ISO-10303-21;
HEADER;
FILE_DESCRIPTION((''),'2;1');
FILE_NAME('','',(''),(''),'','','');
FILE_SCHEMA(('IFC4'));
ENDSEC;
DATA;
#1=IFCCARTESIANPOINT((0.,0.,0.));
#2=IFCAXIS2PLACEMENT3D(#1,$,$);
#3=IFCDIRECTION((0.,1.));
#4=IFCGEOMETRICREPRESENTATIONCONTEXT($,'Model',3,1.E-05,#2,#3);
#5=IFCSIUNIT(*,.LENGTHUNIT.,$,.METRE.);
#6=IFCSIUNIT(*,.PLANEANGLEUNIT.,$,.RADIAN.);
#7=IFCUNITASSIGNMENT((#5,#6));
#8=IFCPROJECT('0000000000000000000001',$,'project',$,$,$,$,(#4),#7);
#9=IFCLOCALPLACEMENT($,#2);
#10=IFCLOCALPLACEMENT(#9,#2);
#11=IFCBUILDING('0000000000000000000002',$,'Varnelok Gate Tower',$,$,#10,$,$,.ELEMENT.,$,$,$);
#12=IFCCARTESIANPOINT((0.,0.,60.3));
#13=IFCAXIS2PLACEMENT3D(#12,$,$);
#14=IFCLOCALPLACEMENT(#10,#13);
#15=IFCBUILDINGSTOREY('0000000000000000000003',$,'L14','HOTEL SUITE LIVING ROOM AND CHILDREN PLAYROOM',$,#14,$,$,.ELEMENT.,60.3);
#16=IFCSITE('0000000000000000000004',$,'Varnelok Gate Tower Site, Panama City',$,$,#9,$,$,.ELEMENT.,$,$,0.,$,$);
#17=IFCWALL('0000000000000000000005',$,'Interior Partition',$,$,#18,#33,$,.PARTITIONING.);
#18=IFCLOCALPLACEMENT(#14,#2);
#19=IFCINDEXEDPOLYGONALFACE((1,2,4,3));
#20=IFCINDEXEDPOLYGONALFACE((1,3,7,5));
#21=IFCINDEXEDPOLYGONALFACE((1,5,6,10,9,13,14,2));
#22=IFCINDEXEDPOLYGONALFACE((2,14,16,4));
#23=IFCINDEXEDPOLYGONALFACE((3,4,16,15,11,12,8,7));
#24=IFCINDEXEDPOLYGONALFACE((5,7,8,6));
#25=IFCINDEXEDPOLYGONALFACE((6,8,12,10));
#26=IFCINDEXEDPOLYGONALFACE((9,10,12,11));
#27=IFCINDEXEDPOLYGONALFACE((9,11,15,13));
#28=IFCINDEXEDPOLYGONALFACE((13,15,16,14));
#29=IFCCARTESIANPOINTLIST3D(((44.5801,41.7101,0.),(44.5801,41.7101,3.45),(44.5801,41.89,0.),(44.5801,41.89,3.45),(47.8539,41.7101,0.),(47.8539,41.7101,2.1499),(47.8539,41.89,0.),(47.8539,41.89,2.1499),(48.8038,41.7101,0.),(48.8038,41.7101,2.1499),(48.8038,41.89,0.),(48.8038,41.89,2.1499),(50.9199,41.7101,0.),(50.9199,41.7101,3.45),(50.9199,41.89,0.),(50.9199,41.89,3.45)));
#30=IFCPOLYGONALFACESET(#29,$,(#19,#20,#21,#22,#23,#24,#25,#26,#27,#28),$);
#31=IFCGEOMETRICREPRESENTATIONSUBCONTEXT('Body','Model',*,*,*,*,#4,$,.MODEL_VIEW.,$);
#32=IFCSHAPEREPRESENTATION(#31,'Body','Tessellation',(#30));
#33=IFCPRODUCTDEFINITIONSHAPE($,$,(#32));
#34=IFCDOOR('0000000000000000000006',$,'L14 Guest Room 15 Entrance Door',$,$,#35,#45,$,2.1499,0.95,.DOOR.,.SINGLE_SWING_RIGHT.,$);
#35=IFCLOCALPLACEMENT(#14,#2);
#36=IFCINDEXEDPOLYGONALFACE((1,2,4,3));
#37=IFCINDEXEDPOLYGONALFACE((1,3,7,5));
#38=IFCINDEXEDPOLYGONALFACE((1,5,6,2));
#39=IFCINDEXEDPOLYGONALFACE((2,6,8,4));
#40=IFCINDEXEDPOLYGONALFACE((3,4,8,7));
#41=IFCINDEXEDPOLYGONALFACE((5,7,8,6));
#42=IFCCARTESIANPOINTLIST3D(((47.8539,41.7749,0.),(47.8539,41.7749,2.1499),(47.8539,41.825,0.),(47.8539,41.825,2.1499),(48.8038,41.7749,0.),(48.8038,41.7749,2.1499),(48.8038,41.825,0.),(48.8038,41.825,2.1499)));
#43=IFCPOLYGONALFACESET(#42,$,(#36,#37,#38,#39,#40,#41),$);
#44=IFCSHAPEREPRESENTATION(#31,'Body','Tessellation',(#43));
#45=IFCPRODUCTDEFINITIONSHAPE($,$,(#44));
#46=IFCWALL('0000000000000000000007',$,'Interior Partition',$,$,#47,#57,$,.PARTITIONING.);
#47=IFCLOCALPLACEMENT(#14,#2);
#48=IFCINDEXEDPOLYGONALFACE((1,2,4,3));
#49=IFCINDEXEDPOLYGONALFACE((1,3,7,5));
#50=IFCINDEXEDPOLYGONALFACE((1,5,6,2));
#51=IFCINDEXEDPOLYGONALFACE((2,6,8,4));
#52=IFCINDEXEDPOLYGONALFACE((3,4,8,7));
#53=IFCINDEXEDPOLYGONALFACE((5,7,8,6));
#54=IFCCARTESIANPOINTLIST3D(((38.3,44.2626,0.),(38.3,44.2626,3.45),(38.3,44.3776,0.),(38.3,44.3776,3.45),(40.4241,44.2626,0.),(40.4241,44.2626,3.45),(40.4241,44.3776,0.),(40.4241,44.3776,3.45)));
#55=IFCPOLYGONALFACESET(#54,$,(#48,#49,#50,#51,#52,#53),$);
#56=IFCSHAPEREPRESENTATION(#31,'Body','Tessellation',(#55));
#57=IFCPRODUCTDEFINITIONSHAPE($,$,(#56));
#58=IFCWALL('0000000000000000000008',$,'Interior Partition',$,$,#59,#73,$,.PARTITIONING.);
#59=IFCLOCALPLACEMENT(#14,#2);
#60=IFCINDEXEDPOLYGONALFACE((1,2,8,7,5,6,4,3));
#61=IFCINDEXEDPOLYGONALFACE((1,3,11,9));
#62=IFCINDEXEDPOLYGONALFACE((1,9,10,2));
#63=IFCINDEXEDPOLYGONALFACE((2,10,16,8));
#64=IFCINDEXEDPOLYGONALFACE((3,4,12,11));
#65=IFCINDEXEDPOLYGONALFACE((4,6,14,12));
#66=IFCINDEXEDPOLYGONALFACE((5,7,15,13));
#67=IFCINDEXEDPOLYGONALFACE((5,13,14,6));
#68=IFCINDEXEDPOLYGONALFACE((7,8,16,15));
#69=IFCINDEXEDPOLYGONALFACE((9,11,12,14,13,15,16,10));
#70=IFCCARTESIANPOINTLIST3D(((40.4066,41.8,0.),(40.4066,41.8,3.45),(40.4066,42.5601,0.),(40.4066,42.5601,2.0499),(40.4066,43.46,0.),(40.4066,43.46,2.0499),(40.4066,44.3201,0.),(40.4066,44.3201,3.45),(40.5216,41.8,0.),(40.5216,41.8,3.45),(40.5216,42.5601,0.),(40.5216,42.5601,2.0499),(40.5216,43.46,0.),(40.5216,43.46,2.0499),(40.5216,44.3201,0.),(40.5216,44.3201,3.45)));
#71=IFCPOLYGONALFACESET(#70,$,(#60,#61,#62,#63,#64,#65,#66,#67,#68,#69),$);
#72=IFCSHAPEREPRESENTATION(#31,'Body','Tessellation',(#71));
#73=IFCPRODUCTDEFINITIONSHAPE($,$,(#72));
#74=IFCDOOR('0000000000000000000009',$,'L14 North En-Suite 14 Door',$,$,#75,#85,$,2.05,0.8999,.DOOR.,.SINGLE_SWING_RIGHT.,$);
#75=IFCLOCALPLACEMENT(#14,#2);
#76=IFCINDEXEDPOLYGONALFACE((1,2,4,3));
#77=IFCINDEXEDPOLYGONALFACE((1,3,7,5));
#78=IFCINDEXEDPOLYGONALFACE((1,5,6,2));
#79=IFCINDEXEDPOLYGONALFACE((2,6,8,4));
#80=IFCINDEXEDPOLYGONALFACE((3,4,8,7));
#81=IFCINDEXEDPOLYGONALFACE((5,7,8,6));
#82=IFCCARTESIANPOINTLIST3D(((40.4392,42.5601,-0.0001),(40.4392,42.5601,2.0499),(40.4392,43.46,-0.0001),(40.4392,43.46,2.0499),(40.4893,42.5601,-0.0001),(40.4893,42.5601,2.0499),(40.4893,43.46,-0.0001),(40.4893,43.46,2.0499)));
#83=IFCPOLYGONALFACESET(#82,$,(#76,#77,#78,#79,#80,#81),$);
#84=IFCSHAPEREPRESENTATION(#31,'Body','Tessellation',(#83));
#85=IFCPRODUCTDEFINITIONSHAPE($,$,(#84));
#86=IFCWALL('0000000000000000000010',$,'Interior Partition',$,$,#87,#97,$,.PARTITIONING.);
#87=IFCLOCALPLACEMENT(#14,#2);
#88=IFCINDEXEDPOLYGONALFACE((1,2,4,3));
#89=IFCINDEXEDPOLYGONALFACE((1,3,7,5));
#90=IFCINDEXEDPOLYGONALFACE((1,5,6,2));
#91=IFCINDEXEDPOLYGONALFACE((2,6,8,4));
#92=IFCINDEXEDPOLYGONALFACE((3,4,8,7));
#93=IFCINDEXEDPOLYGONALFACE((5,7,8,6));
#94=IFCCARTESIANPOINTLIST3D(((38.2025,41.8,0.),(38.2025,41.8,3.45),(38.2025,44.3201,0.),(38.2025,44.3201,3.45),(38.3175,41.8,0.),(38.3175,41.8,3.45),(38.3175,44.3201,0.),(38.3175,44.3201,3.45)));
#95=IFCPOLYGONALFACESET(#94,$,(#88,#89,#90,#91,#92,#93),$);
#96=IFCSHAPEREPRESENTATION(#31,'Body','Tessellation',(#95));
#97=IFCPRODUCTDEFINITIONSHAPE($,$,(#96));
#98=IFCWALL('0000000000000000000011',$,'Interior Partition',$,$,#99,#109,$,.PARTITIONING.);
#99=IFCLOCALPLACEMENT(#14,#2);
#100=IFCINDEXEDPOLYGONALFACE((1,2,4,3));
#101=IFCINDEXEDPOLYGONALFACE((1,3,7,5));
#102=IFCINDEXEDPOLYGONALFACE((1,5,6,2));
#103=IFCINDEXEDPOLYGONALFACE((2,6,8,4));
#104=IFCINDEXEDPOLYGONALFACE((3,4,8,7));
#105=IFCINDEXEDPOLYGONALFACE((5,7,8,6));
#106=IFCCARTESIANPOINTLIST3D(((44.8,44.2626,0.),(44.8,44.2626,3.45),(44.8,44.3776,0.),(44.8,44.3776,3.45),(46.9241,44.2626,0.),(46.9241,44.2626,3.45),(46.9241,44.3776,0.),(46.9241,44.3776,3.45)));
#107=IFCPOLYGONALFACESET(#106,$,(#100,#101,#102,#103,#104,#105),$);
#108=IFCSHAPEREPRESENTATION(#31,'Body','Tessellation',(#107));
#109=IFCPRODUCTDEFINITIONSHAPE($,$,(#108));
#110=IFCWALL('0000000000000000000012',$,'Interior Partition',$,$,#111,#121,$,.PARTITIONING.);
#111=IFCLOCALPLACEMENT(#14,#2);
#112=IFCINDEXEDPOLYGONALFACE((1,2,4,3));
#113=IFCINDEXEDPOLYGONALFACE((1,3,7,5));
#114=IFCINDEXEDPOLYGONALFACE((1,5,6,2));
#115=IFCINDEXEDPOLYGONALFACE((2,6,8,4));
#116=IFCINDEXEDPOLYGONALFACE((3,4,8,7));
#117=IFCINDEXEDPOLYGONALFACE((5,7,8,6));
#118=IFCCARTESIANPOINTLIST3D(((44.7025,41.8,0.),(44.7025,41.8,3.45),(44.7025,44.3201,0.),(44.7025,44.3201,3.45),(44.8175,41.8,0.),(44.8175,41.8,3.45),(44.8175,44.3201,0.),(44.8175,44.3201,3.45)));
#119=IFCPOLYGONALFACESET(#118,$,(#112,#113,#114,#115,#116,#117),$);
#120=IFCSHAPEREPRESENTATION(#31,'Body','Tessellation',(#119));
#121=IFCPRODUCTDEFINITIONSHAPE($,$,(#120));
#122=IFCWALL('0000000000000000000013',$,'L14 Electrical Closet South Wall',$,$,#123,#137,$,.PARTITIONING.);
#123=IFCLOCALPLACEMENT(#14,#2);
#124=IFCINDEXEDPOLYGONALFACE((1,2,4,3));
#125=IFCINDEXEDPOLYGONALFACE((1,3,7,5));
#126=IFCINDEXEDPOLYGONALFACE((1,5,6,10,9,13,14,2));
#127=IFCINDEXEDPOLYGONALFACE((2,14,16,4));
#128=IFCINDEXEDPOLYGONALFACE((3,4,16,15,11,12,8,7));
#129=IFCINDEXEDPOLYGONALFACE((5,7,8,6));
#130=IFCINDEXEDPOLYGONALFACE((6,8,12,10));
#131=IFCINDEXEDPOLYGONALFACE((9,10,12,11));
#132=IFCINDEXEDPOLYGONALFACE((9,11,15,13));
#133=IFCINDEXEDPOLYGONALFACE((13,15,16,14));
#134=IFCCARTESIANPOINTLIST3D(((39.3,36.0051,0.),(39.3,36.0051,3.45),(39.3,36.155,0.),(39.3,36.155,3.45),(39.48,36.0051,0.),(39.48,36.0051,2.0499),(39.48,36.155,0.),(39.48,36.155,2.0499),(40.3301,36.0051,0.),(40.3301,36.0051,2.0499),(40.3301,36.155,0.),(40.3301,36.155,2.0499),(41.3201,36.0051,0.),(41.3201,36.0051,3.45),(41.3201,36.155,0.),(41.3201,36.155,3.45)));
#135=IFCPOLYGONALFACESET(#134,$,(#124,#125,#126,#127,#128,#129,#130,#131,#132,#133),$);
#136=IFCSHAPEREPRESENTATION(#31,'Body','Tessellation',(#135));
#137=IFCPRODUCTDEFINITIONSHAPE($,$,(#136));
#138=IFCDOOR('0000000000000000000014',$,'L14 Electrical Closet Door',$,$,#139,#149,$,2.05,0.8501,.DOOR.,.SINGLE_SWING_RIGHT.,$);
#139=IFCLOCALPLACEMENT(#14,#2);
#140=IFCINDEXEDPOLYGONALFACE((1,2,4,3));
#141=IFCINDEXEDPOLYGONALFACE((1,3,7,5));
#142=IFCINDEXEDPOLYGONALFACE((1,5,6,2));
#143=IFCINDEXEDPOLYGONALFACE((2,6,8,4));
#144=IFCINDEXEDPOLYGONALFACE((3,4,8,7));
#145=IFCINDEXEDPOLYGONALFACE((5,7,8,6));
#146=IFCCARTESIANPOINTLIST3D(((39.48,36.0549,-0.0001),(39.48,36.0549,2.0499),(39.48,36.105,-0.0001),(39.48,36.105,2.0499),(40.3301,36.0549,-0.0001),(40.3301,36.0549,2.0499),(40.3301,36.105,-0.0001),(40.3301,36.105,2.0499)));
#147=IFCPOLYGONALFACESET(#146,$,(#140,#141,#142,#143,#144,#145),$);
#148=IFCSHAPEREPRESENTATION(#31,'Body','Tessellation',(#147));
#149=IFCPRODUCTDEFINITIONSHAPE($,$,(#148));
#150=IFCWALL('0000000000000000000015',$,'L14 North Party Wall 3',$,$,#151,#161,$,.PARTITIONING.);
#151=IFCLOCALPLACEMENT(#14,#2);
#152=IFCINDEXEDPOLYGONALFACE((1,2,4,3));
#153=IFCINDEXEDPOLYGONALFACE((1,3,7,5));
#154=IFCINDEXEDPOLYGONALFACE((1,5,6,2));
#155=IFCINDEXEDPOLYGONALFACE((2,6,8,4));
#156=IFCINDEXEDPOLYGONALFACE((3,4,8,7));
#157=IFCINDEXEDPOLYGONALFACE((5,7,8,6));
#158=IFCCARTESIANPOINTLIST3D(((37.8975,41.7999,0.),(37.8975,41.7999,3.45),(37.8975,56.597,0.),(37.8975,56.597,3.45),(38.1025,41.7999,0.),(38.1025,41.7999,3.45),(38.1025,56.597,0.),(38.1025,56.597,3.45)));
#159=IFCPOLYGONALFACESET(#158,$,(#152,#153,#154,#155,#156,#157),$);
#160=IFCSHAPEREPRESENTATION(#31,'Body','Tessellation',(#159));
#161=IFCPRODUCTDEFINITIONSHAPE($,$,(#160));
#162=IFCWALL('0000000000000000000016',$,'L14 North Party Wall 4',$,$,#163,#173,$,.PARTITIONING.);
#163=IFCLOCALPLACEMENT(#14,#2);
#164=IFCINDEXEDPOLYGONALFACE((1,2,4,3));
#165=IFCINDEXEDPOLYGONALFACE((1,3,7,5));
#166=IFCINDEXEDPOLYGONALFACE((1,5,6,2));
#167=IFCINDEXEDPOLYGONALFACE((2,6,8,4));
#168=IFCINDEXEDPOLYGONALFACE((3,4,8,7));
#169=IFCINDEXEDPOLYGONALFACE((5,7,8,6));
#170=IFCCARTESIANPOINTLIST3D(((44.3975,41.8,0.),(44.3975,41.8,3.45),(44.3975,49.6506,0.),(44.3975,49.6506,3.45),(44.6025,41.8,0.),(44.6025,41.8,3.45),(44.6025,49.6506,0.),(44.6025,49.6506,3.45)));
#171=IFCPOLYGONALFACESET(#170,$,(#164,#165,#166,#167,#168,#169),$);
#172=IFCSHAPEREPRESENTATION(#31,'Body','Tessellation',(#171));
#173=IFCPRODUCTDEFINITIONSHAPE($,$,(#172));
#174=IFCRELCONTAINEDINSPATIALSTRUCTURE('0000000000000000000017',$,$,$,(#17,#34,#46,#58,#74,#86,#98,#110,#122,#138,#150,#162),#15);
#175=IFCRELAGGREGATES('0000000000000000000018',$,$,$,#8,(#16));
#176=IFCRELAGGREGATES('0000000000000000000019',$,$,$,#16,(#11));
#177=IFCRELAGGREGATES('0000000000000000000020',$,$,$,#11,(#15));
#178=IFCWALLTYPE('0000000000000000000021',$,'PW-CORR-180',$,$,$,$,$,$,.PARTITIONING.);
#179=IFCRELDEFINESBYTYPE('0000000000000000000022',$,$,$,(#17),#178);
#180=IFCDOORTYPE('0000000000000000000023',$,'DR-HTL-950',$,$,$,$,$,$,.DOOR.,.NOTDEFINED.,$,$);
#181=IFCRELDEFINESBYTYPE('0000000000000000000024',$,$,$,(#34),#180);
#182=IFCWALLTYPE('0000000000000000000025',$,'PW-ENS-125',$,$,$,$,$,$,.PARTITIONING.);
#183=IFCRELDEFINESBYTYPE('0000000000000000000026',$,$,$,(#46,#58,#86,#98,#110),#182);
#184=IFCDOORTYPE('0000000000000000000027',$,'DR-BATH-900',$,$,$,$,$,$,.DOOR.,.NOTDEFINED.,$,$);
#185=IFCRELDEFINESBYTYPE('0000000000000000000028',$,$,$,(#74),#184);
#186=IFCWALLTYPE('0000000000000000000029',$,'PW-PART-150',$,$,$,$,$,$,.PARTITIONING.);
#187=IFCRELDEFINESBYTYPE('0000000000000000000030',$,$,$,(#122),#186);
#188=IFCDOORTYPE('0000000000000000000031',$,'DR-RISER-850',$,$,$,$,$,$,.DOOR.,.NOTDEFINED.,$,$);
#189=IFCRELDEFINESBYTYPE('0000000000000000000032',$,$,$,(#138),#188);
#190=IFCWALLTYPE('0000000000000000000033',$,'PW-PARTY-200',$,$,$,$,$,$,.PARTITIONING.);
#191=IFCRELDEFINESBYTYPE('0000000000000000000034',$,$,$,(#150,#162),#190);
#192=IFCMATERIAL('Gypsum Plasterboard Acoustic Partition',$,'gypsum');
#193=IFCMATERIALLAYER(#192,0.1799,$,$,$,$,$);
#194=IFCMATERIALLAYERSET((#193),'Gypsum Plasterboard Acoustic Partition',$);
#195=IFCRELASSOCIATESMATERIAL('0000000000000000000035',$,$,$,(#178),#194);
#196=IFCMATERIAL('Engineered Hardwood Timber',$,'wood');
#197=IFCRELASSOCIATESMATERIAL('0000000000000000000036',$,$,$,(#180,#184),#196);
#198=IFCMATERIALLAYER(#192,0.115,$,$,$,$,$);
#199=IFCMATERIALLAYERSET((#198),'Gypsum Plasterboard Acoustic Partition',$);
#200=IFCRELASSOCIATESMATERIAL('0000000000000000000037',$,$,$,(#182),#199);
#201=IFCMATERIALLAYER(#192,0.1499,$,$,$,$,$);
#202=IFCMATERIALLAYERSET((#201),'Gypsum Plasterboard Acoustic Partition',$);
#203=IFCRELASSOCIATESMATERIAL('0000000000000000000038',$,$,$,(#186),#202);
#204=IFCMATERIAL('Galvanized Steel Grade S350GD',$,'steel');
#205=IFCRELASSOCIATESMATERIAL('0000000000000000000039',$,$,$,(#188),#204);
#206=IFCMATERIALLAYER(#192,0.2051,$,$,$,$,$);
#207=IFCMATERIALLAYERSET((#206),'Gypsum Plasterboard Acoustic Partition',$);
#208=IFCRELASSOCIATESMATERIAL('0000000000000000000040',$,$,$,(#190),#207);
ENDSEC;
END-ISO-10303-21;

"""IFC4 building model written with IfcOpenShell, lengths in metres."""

from ifc_helpers import new_model, si_unit, direction, frame, frame_2d, origin, place, context, subcontext, project, spatial, rectangle, extrude, material, layer, layer_set, type_object, element, fill, save


model = new_model("IFC4")

# Units and contexts
model_context = context("Model", 3, precision=1e-05, world=origin(), true_north=direction((0.0, 1.0)))
body_context = subcontext(model_context, "Body", "Model", "MODEL_VIEW")
ifc_project = project(units=[si_unit("LENGTHUNIT", "METRE"), si_unit("PLANEANGLEUNIT", "RADIAN")], contexts=[model_context])

# Site, building, storey
site_placement = place(None, origin())
site = spatial("IfcSite", under=ifc_project, at=site_placement, Name="Varnelok Gate Tower Site, Panama City", CompositionType="ELEMENT", RefElevation=0.0)
building_placement = place(site_placement, origin())
building = spatial("IfcBuilding", under=site, at=building_placement, Name="Varnelok Gate Tower", CompositionType="ELEMENT")
storey_placement = place(building_placement, frame((0.0, 0.0, 60.3)))
storey = spatial("IfcBuildingStorey", under=building, at=storey_placement, Name="L14", Description="HOTEL SUITE LIVING ROOM AND CHILDREN PLAYROOM", CompositionType="ELEMENT", Elevation=60.3)

# Wall, opening, door
ifc_material_1 = material(Name="Gypsum Plasterboard Acoustic Partition", Category="gypsum")
ifc_layer_1 = layer(ifc_material_1, 0.1799)
ifc_layer_set_1 = layer_set([ifc_layer_1], Name="Gypsum Plasterboard Acoustic Partition")
wall_type_1 = type_object("IfcWallType", Name="PW-CORR-180", PredefinedType="PARTITIONING", material=ifc_layer_set_1)
ifc_material_2 = material(Name="Engineered Hardwood Timber", Category="wood")
door_type_1 = type_object("IfcDoorType", Name="DR-HTL-950", OperationType="NOTDEFINED", PredefinedType="DOOR", material=ifc_material_2)
wall_1_placement = place(storey_placement, frame((44.5801, 41.8, 0.0), z_axis=(0.0, 0.0, 1.0), x_axis=(1.0, 0.0, 0.0)))
wall_1 = element("IfcWall", 1, at=wall_1_placement, inside=storey, type_object=wall_type_1, Name="Interior Partition", PredefinedType="PARTITIONING", context=body_context, shape_type="SweptSolid", body=[
    extrude(rectangle(XDim=6.3398, YDim=0.1799, at=frame_2d((3.1699, 0.0))), origin(), (0.0, 0.0, 1.0), 3.45),
])
opening_1_placement = place(wall_1_placement, frame((3.2737, 0.0, 0.0)))
opening_1 = element("IfcOpeningElement", 2, at=opening_1_placement, cuts=wall_1, PredefinedType="OPENING", context=body_context, shape_type="SweptSolid", body=[
    extrude(rectangle(XDim=0.95, YDim=2.1499, at=frame_2d((0.4751, 1.075))), frame((0.0, 0.0999, 0.0), z_axis=(0.0, -1.0, 0.0), x_axis=(1.0, 0.0, 0.0)), (0.0, 0.0, 1.0), 0.2),
])
door_1_placement = place(opening_1_placement, origin())
door_1 = element("IfcDoor", 3, at=door_1_placement, inside=storey, type_object=door_type_1, Name="L14 Guest Room 15 Entrance Door", OperationType="SINGLE_SWING_RIGHT", OverallHeight=2.1499, OverallWidth=0.95, PredefinedType="DOOR", context=body_context, shape_type="SweptSolid", body=[
    extrude(rectangle(XDim=0.95, YDim=2.1499, at=frame_2d((0.4751, 1.075))), frame((0.0, 0.0249, 0.0), z_axis=(0.0, -1.0, 0.0), x_axis=(1.0, 0.0, 0.0)), (0.0, 0.0, 1.0), 0.05),
])
fill(opening_1, door_1)

# Wall
ifc_layer_2 = layer(ifc_material_1, 0.115)
ifc_layer_set_2 = layer_set([ifc_layer_2], Name="Gypsum Plasterboard Acoustic Partition")
wall_type_2 = type_object("IfcWallType", Name="PW-ENS-125", PredefinedType="PARTITIONING", material=ifc_layer_set_2)
wall_2_placement = place(storey_placement, frame((38.3, 44.3201, 0.0), z_axis=(0.0, 0.0, 1.0), x_axis=(1.0, 0.0, 0.0)))
element("IfcWall", 4, at=wall_2_placement, inside=storey, type_object=wall_type_2, Name="Interior Partition", PredefinedType="PARTITIONING", context=body_context, shape_type="SweptSolid", body=[
    extrude(rectangle(XDim=2.124, YDim=0.115, at=frame_2d((1.062, 0.0))), origin(), (0.0, 0.0, 1.0), 3.45),
])

# Wall, opening, door
wall_3_placement = place(storey_placement, frame((40.4641, 41.8, 0.0), z_axis=(0.0, 0.0, 1.0), x_axis=(0.0, 1.0, 0.0)))
wall_3 = element("IfcWall", 5, at=wall_3_placement, inside=storey, type_object=wall_type_2, Name="Interior Partition", PredefinedType="PARTITIONING", context=body_context, shape_type="SweptSolid", body=[
    extrude(rectangle(XDim=2.52, YDim=0.115, at=frame_2d((1.26, 0.0))), origin(), (0.0, 0.0, 1.0), 3.45),
])
opening_2_placement = place(wall_3_placement, frame((0.76, 0.0, 0.0)))
opening_2 = element("IfcOpeningElement", 6, at=opening_2_placement, cuts=wall_3, PredefinedType="OPENING", context=body_context, shape_type="SweptSolid", body=[
    extrude(rectangle(XDim=0.8999, YDim=2.05, at=frame_2d((0.45, 1.0249))), frame((0.0, 0.0674, 0.0), z_axis=(0.0, -1.0, 0.0), x_axis=(1.0, 0.0, 0.0)), (0.0, 0.0, 1.0), 0.135),
])
door_type_2 = type_object("IfcDoorType", Name="DR-BATH-900", OperationType="NOTDEFINED", PredefinedType="DOOR", material=ifc_material_2)
door_2_placement = place(opening_2_placement, origin())
door_2 = element("IfcDoor", 7, at=door_2_placement, inside=storey, type_object=door_type_2, Name="L14 North En-Suite 14 Door", OperationType="SINGLE_SWING_RIGHT", OverallHeight=2.05, OverallWidth=0.8999, PredefinedType="DOOR", context=body_context, shape_type="SweptSolid", body=[
    extrude(rectangle(XDim=0.8999, YDim=2.05, at=frame_2d((0.45, 1.0249))), frame((0.0, 0.0249, 0.0), z_axis=(0.0, -1.0, 0.0), x_axis=(1.0, 0.0, 0.0)), (0.0, 0.0, 1.0), 0.05),
])
fill(opening_2, door_2)

# Walls
wall_4_placement = place(storey_placement, frame((38.26, 41.8, 0.0), z_axis=(0.0, 0.0, 1.0), x_axis=(0.0, 1.0, 0.0)))
element("IfcWall", 8, at=wall_4_placement, inside=storey, type_object=wall_type_2, Name="Interior Partition", PredefinedType="PARTITIONING", context=body_context, shape_type="SweptSolid", body=[
    extrude(rectangle(XDim=2.52, YDim=0.115, at=frame_2d((1.26, 0.0))), origin(), (0.0, 0.0, 1.0), 3.45),
])
wall_5_placement = place(storey_placement, frame((44.8, 44.3201, 0.0), z_axis=(0.0, 0.0, 1.0), x_axis=(1.0, 0.0, 0.0)))
element("IfcWall", 9, at=wall_5_placement, inside=storey, type_object=wall_type_2, Name="Interior Partition", PredefinedType="PARTITIONING", context=body_context, shape_type="SweptSolid", body=[
    extrude(rectangle(XDim=2.124, YDim=0.115, at=frame_2d((1.062, 0.0))), origin(), (0.0, 0.0, 1.0), 3.45),
])
wall_6_placement = place(storey_placement, frame((44.76, 41.8, 0.0), z_axis=(0.0, 0.0, 1.0), x_axis=(0.0, 1.0, 0.0)))
element("IfcWall", 10, at=wall_6_placement, inside=storey, type_object=wall_type_2, Name="Interior Partition", PredefinedType="PARTITIONING", context=body_context, shape_type="SweptSolid", body=[
    extrude(rectangle(XDim=2.52, YDim=0.115, at=frame_2d((1.26, 0.0))), origin(), (0.0, 0.0, 1.0), 3.45),
])

# Wall, opening, door
ifc_layer_3 = layer(ifc_material_1, 0.1499)
ifc_layer_set_3 = layer_set([ifc_layer_3], Name="Gypsum Plasterboard Acoustic Partition")
wall_type_3 = type_object("IfcWallType", Name="PW-PART-150", PredefinedType="PARTITIONING", material=ifc_layer_set_3)
wall_7_placement = place(storey_placement, frame((39.3, 36.0801, 0.0), z_axis=(0.0, 0.0, 1.0), x_axis=(1.0, 0.0, 0.0)))
wall_7 = element("IfcWall", 11, at=wall_7_placement, inside=storey, type_object=wall_type_3, Name="L14 Electrical Closet South Wall", PredefinedType="PARTITIONING", context=body_context, shape_type="SweptSolid", body=[
    extrude(rectangle(XDim=2.02, YDim=0.1499, at=frame_2d((1.01, 0.0))), origin(), (0.0, 0.0, 1.0), 3.45),
])
opening_3_placement = place(wall_7_placement, frame((0.1799, 0.0, 0.0)))
opening_3 = element("IfcOpeningElement", 12, at=opening_3_placement, cuts=wall_7, PredefinedType="OPENING", context=body_context, shape_type="SweptSolid", body=[
    extrude(rectangle(XDim=0.8501, YDim=2.05, at=frame_2d((0.425, 1.0249))), frame((0.0, 0.085, 0.0), z_axis=(0.0, -1.0, 0.0), x_axis=(1.0, 0.0, 0.0)), (0.0, 0.0, 1.0), 0.1699),
])
ifc_material_3 = material(Name="Galvanized Steel Grade S350GD", Category="steel")
door_type_3 = type_object("IfcDoorType", Name="DR-RISER-850", OperationType="NOTDEFINED", PredefinedType="DOOR", material=ifc_material_3)
door_3_placement = place(opening_3_placement, origin())
door_3 = element("IfcDoor", 13, at=door_3_placement, inside=storey, type_object=door_type_3, Name="L14 Electrical Closet Door", OperationType="SINGLE_SWING_RIGHT", OverallHeight=2.05, OverallWidth=0.8501, PredefinedType="DOOR", context=body_context, shape_type="SweptSolid", body=[
    extrude(rectangle(XDim=0.8501, YDim=2.05, at=frame_2d((0.425, 1.0249))), frame((0.0, 0.0249, 0.0), z_axis=(0.0, -1.0, 0.0), x_axis=(1.0, 0.0, 0.0)), (0.0, 0.0, 1.0), 0.05),
])
fill(opening_3, door_3)

# Walls
ifc_layer_4 = layer(ifc_material_1, 0.2051)
ifc_layer_set_4 = layer_set([ifc_layer_4], Name="Gypsum Plasterboard Acoustic Partition")
wall_type_4 = type_object("IfcWallType", Name="PW-PARTY-200", PredefinedType="PARTITIONING", material=ifc_layer_set_4)
wall_8_placement = place(storey_placement, frame((38.0, 41.8, 0.0), z_axis=(0.0, 0.0, 1.0), x_axis=(0.0, 1.0, 0.0)))
element("IfcWall", 14, at=wall_8_placement, inside=storey, type_object=wall_type_4, Name="L14 North Party Wall 3", PredefinedType="PARTITIONING", context=body_context, shape_type="SweptSolid", body=[
    extrude(rectangle(XDim=14.7971, YDim=0.2051, at=frame_2d((7.3984, 0.0))), origin(), (0.0, 0.0, 1.0), 3.45),
])
wall_9_placement = place(storey_placement, frame((44.5, 41.8, 0.0), z_axis=(0.0, 0.0, 1.0), x_axis=(0.0, 1.0, 0.0)))
element("IfcWall", 15, at=wall_9_placement, inside=storey, type_object=wall_type_4, Name="L14 North Party Wall 4", PredefinedType="PARTITIONING", context=body_context, shape_type="SweptSolid", body=[
    extrude(rectangle(XDim=7.8506, YDim=0.2051, at=frame_2d((3.9253, 0.0))), origin(), (0.0, 0.0, 1.0), 3.45),
])

save(model, "model.ifc")
